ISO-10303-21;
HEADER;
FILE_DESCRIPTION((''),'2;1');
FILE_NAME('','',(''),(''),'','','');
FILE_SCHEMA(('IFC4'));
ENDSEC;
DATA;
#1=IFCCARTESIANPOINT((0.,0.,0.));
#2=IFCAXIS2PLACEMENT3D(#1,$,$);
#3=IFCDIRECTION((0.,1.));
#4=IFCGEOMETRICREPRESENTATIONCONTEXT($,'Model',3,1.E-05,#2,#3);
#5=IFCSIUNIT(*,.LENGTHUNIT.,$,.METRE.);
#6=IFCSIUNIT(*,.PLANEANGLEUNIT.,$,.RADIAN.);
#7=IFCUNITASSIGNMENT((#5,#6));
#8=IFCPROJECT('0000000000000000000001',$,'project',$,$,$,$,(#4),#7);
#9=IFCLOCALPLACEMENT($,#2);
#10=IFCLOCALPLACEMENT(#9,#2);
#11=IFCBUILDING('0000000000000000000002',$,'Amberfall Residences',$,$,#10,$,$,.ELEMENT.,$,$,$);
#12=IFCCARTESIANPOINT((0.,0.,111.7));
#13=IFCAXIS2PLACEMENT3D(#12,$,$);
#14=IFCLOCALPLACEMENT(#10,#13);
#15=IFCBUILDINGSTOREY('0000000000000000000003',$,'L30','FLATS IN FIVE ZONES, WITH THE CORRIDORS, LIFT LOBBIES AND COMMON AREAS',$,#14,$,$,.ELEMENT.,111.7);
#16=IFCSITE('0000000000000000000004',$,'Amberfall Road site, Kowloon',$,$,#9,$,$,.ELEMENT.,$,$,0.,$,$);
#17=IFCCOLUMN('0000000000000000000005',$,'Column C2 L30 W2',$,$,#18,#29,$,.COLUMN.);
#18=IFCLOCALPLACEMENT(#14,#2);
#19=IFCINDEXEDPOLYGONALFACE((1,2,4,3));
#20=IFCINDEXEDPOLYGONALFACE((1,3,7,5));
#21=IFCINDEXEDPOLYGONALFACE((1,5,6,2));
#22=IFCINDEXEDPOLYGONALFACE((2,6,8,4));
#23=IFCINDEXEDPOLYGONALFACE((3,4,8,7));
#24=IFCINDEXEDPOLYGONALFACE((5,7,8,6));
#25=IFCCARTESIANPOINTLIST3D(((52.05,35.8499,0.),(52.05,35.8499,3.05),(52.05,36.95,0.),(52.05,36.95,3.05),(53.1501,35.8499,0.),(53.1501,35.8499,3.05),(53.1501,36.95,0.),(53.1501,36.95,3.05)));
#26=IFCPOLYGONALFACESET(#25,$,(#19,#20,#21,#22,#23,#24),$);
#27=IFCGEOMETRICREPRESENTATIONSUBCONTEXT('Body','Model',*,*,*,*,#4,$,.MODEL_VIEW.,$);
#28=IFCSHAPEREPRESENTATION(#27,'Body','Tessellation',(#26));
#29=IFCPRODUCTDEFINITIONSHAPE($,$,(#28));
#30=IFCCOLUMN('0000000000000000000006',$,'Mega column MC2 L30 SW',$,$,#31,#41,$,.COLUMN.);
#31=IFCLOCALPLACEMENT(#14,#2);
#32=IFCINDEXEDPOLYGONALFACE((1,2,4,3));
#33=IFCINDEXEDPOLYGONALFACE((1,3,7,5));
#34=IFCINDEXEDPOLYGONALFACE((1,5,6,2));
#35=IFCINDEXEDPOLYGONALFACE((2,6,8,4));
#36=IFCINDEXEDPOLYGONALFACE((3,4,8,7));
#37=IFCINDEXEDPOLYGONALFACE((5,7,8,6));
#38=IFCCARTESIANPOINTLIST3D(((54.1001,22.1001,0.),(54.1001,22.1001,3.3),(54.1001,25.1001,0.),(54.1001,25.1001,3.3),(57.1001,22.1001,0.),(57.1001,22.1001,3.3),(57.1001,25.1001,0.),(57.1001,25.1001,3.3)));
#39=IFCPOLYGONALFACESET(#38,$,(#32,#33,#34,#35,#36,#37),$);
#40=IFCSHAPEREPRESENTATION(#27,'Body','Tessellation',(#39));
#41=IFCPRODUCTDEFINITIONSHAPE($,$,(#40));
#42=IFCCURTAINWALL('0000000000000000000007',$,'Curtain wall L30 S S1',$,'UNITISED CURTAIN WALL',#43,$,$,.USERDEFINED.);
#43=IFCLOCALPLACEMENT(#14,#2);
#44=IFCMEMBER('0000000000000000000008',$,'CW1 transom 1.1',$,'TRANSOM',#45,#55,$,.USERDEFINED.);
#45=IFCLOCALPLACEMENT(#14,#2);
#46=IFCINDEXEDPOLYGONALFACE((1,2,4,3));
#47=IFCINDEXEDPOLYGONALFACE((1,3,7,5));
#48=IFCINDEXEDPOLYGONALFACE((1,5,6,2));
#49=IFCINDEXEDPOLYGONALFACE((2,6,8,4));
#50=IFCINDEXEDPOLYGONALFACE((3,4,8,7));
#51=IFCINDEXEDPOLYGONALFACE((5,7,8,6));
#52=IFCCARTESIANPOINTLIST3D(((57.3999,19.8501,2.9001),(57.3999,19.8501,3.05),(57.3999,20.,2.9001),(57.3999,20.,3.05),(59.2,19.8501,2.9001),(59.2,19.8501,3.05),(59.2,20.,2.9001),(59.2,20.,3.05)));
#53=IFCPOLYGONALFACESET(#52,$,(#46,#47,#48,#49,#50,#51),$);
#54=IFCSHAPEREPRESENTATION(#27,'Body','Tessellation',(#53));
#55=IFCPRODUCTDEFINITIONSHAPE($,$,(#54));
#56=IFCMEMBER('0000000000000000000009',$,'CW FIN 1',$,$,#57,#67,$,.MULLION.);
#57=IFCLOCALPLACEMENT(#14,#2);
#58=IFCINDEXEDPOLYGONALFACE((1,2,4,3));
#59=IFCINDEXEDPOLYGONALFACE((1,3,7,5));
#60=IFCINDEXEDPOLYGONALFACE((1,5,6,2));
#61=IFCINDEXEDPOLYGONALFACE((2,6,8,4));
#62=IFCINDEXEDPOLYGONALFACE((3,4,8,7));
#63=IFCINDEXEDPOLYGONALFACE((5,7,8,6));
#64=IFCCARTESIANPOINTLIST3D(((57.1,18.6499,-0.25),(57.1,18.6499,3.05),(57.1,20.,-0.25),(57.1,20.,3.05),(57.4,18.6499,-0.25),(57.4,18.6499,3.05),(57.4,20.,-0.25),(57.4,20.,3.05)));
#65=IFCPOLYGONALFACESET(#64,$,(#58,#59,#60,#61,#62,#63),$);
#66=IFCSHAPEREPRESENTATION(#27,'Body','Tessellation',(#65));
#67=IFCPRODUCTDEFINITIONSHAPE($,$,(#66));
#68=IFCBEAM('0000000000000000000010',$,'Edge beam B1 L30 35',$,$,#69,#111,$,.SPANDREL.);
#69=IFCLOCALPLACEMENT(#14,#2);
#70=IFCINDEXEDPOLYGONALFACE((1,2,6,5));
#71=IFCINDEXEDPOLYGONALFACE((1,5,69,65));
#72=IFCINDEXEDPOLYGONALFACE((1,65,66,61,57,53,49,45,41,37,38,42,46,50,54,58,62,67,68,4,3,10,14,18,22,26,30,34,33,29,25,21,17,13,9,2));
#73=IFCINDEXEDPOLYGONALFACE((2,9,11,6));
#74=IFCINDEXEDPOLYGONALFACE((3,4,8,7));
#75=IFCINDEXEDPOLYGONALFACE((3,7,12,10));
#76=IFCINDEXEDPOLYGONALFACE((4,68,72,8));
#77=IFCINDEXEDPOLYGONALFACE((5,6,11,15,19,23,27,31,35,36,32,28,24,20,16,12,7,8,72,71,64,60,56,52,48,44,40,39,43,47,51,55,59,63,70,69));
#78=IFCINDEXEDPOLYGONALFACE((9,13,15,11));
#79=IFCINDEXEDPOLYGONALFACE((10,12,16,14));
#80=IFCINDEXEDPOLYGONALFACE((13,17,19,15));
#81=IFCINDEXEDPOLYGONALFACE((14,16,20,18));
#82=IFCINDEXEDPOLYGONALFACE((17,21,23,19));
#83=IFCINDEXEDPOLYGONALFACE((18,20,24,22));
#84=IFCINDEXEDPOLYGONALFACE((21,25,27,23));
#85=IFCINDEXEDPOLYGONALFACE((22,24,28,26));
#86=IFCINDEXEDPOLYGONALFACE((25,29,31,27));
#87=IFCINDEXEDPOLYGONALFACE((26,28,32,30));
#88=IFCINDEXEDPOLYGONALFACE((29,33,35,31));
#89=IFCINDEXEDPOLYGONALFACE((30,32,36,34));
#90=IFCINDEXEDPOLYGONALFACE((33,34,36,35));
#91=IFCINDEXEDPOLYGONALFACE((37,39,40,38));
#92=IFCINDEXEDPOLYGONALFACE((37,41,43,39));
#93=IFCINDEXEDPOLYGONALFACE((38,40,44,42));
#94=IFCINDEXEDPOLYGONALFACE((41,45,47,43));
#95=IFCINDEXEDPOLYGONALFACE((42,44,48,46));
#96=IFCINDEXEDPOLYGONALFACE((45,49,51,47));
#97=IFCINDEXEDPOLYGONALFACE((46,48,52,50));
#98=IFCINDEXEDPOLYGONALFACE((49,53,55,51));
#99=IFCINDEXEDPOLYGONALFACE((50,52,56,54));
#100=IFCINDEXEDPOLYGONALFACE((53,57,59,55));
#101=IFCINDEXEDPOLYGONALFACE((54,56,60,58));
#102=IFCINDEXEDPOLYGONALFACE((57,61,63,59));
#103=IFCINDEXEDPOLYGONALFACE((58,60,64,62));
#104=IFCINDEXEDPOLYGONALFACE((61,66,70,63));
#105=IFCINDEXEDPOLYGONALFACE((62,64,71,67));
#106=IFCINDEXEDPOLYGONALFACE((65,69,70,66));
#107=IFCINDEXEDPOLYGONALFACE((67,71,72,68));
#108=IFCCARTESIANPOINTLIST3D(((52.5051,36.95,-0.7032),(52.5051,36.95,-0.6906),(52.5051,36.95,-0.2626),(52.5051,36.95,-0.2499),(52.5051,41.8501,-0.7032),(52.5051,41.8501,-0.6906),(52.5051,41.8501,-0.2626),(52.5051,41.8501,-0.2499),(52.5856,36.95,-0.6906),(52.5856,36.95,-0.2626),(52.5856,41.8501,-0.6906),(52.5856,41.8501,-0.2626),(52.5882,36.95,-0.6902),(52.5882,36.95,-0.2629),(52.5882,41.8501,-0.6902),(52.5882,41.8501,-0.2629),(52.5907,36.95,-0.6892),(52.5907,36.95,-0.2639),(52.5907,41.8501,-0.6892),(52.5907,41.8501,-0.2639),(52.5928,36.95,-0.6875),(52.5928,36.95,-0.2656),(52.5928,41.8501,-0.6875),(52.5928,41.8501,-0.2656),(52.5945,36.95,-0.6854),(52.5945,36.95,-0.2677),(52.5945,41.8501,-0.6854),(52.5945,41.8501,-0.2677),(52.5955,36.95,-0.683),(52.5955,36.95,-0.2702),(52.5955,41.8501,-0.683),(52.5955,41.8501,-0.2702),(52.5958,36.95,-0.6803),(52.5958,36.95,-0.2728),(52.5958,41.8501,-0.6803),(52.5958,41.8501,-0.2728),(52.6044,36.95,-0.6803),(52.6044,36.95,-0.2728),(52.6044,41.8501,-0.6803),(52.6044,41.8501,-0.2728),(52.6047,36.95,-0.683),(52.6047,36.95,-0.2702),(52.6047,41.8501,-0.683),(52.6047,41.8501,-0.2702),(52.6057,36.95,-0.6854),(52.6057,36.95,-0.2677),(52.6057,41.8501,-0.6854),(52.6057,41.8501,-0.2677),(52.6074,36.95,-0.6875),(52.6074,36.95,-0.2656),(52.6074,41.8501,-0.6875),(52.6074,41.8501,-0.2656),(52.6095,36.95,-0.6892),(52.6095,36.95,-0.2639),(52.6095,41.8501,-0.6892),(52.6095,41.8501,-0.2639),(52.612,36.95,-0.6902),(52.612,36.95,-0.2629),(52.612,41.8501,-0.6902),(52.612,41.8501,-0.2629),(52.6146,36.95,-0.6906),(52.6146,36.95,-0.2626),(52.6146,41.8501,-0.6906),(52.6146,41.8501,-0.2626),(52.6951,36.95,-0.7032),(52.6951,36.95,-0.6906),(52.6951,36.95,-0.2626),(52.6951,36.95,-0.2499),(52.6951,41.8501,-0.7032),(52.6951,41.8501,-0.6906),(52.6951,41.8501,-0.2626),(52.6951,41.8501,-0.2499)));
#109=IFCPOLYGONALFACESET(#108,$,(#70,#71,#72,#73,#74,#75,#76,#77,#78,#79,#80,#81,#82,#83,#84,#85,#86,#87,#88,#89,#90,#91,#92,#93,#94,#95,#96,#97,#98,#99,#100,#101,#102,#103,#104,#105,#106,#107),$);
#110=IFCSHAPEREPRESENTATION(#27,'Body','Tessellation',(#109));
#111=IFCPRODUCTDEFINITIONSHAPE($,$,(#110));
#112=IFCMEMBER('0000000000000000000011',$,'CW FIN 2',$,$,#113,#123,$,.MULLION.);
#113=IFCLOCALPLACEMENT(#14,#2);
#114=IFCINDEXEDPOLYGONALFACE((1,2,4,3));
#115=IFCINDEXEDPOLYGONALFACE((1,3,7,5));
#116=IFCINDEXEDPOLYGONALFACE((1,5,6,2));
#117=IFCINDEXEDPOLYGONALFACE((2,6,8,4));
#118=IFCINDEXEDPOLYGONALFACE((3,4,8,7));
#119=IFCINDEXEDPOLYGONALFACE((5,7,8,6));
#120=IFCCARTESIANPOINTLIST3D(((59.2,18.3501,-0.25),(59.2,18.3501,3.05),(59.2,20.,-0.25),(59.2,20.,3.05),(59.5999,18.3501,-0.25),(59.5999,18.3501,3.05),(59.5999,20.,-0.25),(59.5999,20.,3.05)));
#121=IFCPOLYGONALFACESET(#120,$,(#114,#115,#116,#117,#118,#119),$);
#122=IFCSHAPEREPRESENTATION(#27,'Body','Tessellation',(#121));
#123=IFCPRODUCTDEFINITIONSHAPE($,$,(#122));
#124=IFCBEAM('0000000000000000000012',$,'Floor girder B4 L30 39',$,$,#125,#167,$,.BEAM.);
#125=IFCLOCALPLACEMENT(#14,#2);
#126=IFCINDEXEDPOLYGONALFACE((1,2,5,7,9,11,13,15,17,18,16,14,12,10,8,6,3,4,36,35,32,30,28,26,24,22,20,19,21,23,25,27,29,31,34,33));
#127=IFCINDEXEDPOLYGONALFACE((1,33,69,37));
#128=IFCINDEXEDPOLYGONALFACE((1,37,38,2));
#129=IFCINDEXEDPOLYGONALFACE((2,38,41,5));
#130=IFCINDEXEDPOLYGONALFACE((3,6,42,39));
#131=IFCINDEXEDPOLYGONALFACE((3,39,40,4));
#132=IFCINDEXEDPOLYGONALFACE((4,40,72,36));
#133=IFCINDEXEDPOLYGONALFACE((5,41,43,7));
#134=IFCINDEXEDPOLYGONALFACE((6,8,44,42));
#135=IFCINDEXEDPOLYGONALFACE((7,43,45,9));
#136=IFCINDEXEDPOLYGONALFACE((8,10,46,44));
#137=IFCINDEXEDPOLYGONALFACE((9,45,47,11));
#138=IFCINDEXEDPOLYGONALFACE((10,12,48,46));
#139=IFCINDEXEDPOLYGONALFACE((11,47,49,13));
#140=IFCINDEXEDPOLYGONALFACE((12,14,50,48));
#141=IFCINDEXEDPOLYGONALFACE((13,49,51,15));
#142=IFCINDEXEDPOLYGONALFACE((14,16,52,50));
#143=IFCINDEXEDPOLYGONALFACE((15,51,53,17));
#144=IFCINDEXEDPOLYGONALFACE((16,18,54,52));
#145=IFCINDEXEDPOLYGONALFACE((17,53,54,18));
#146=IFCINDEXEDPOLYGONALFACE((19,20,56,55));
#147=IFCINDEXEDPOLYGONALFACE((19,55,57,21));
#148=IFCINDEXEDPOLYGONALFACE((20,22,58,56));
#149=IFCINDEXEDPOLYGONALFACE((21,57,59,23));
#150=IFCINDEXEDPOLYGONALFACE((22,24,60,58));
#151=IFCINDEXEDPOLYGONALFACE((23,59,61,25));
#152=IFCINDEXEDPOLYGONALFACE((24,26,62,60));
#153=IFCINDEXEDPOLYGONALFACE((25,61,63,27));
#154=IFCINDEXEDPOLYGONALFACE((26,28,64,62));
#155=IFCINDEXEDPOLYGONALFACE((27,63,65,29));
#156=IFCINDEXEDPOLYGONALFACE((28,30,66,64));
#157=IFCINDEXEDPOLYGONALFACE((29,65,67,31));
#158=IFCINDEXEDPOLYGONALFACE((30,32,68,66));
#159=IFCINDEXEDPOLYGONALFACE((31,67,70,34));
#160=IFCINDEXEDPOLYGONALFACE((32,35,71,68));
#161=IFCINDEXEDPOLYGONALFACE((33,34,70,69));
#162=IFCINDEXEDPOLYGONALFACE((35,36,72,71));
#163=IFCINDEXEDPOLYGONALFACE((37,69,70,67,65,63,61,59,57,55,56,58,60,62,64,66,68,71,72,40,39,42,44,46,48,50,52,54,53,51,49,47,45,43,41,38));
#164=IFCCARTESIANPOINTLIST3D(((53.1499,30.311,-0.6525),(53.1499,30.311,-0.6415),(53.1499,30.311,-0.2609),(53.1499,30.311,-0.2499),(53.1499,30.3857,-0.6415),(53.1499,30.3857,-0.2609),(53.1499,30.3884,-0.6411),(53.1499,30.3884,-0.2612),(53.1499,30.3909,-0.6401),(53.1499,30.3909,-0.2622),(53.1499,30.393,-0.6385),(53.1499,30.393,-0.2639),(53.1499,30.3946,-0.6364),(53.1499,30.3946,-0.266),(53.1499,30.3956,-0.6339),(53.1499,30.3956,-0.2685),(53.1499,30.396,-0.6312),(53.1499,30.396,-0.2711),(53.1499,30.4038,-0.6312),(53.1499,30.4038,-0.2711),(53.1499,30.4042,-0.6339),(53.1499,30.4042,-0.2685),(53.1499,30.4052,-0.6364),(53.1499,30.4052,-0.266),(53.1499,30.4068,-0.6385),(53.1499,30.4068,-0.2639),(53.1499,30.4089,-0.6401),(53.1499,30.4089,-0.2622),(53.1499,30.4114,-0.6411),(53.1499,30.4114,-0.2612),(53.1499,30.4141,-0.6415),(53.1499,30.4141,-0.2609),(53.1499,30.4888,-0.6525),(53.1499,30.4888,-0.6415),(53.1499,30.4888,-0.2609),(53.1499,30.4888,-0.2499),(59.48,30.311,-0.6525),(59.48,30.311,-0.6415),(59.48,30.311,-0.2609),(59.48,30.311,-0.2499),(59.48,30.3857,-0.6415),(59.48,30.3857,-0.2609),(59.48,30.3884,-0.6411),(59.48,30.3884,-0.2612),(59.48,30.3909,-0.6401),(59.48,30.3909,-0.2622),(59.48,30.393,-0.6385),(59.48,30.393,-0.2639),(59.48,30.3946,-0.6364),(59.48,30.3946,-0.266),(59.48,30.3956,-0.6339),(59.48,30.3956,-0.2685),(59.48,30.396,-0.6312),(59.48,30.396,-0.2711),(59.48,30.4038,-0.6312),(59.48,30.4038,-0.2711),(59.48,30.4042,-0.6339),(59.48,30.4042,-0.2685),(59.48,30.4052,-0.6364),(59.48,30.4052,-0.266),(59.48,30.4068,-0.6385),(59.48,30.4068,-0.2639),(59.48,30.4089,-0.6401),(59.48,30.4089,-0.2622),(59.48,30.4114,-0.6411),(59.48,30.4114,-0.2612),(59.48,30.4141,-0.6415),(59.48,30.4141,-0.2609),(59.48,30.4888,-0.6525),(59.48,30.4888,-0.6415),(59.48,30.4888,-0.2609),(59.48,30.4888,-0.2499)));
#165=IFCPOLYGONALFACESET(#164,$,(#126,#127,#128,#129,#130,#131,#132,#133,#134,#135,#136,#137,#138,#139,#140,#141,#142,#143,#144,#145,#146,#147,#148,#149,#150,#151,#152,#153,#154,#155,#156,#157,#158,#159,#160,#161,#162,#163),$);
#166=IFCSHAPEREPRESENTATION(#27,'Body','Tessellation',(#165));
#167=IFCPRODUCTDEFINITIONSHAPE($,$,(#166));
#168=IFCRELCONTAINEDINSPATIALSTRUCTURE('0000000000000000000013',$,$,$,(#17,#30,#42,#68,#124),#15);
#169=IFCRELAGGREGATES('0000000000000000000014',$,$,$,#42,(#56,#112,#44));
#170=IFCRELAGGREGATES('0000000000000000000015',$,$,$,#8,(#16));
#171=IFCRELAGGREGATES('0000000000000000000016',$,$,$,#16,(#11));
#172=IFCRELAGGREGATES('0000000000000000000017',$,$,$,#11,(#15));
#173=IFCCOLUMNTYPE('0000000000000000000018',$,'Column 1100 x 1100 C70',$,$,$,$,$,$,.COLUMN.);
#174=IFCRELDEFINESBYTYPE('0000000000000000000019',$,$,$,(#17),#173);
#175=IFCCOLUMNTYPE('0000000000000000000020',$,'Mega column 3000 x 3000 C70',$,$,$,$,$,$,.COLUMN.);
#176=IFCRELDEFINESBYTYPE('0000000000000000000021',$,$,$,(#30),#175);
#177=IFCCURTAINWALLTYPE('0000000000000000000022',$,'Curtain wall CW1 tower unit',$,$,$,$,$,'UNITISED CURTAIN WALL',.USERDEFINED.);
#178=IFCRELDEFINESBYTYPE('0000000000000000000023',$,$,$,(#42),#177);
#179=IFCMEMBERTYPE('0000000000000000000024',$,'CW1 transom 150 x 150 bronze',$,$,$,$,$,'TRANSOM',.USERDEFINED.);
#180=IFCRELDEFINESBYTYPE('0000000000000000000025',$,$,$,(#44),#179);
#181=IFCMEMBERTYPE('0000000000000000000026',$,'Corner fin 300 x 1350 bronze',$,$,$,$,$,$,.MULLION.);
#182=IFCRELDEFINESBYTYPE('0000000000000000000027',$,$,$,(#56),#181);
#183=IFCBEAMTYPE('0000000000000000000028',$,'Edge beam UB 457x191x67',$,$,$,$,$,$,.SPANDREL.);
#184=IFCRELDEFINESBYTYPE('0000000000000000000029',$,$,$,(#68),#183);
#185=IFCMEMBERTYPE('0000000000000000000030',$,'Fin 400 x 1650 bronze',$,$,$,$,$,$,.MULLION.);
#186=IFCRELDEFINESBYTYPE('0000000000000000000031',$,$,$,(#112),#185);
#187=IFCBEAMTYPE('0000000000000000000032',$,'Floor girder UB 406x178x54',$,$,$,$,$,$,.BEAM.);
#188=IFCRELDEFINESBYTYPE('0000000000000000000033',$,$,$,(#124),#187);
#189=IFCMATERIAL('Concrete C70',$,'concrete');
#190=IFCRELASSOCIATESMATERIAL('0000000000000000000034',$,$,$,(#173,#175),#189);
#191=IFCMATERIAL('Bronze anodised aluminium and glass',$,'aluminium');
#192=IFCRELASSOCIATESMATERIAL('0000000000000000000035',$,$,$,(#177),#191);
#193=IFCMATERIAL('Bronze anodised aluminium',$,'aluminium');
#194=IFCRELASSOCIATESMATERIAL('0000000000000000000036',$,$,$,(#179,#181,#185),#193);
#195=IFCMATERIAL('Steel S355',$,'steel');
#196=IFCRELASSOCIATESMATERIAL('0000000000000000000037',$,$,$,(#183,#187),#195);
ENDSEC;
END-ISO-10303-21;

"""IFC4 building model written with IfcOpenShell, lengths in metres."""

from ifc_helpers import new_model, si_unit, direction, frame, origin, origin_2d, place, context, subcontext, project, spatial, rectangle, i_section, extrude, material, material_profile, profile_set, type_object, element, aggregate, save


model = new_model("IFC4")

# Units and contexts
model_context = context("Model", 3, precision=1e-05, world=origin(), true_north=direction((0.0, 1.0)))
body_context = subcontext(model_context, "Body", "Model", "MODEL_VIEW")
ifc_project = project(units=[si_unit("LENGTHUNIT", "METRE"), si_unit("PLANEANGLEUNIT", "RADIAN")], contexts=[model_context])

# Site, building, storey
site_placement = place(None, origin())
site = spatial("IfcSite", under=ifc_project, at=site_placement, Name="Amberfall Road site, Kowloon", CompositionType="ELEMENT", RefElevation=0.0)
building_placement = place(site_placement, origin())
building = spatial("IfcBuilding", under=site, at=building_placement, Name="Amberfall Residences", CompositionType="ELEMENT")
storey_placement = place(building_placement, frame((0.0, 0.0, 111.7)))
storey = spatial("IfcBuildingStorey", under=building, at=storey_placement, Name="L30", Description="FLATS IN FIVE ZONES, WITH THE CORRIDORS, LIFT LOBBIES AND COMMON AREAS", CompositionType="ELEMENT", Elevation=111.7)

# Columns
ifc_material_1 = material(Name="Concrete C70", Category="concrete")
ifc_material_profile_1 = material_profile(ifc_material_1, rectangle(XDim=1.1001, YDim=1.1001, at=origin_2d()), Name="Column 1100 x 1100 C70")
ifc_profile_set_1 = profile_set([ifc_material_profile_1], Name="Concrete C70")
column_type_1 = type_object("IfcColumnType", Name="Column 1100 x 1100 C70", PredefinedType="COLUMN", material=ifc_profile_set_1)
column_1_placement = place(storey_placement, frame((52.6001, 36.3999, 0.0), z_axis=(0.0, 0.0, 1.0), x_axis=(1.0, 0.0, 0.0)))
element("IfcColumn", 1, at=column_1_placement, inside=storey, type_object=column_type_1, Name="Column C2 L30 W2", PredefinedType="COLUMN", context=body_context, shape_type="SweptSolid", body=[
    extrude(rectangle(XDim=1.1001, YDim=1.1001, at=origin_2d()), origin(), (0.0, 0.0, 1.0), 3.05),
])
ifc_material_profile_2 = material_profile(ifc_material_1, rectangle(XDim=3.0, YDim=3.0, at=origin_2d()), Name="Mega column 3000 x 3000 C70")
ifc_profile_set_2 = profile_set([ifc_material_profile_2], Name="Concrete C70")
column_type_2 = type_object("IfcColumnType", Name="Mega column 3000 x 3000 C70", PredefinedType="COLUMN", material=ifc_profile_set_2)
column_2_placement = place(storey_placement, frame((55.6001, 23.6001, 0.0), z_axis=(0.0, 0.0, 1.0), x_axis=(1.0, 0.0, 0.0)))
element("IfcColumn", 2, at=column_2_placement, inside=storey, type_object=column_type_2, Name="Mega column MC2 L30 SW", PredefinedType="COLUMN", context=body_context, shape_type="SweptSolid", body=[
    extrude(rectangle(XDim=3.0, YDim=3.0, at=origin_2d()), origin(), (0.0, 0.0, 1.0), 3.3),
])

# Curtain wall, members
ifc_material_2 = material(Name="Bronze anodised aluminium and glass", Category="aluminium")
curtain_wall_type = type_object("IfcCurtainWallType", Name="Curtain wall CW1 tower unit", ElementType="UNITISED CURTAIN WALL", PredefinedType="USERDEFINED", material=ifc_material_2)
curtain_wall_placement = place(storey_placement, origin())
curtain_wall = element("IfcCurtainWall", 3, at=curtain_wall_placement, inside=storey, type_object=curtain_wall_type, Name="Curtain wall L30 S S1", ObjectType="UNITISED CURTAIN WALL", PredefinedType="USERDEFINED")
ifc_material_3 = material(Name="Bronze anodised aluminium", Category="aluminium")
ifc_material_profile_3 = material_profile(ifc_material_3, rectangle(XDim=0.1499, YDim=0.1499, at=origin_2d()), Name="CW1 transom 150 x 150 bronze")
ifc_profile_set_3 = profile_set([ifc_material_profile_3], Name="Bronze anodised aluminium")
member_type_1 = type_object("IfcMemberType", Name="CW1 transom 150 x 150 bronze", ElementType="TRANSOM", PredefinedType="USERDEFINED", material=ifc_profile_set_3)
member_1_placement = place(storey_placement, frame((57.3999, 19.925, 2.9751), z_axis=(1.0, 0.0, 0.0), x_axis=(0.0, 1.0, 0.0)))
member_1 = element("IfcMember", 4, at=member_1_placement, type_object=member_type_1, Name="CW1 transom 1.1", ObjectType="TRANSOM", PredefinedType="USERDEFINED", context=body_context, shape_type="SweptSolid", body=[
    extrude(rectangle(XDim=0.1499, YDim=0.1499, at=origin_2d()), origin(), (0.0, 0.0, 1.0), 1.8),
])
ifc_material_profile_4 = material_profile(ifc_material_3, rectangle(XDim=1.3501, YDim=0.3, at=origin_2d()), Name="Corner fin 300 x 1350 bronze")
ifc_profile_set_4 = profile_set([ifc_material_profile_4], Name="Bronze anodised aluminium")
member_type_2 = type_object("IfcMemberType", Name="Corner fin 300 x 1350 bronze", PredefinedType="MULLION", material=ifc_profile_set_4)
member_2_placement = place(storey_placement, frame((57.25, 19.325, -0.25), z_axis=(0.0, 0.0, 1.0), x_axis=(0.0, 1.0, 0.0)))
member_2 = element("IfcMember", 5, at=member_2_placement, type_object=member_type_2, Name="CW FIN 1", PredefinedType="MULLION", context=body_context, shape_type="SweptSolid", body=[
    extrude(rectangle(XDim=1.3501, YDim=0.3, at=origin_2d()), origin(), (0.0, 0.0, 1.0), 3.3),
])

# Beam
ifc_material_4 = material(Name="Steel S355", Category="steel")
ifc_material_profile_5 = material_profile(ifc_material_4, i_section(OverallWidth=0.1899, OverallDepth=0.4534, WebThickness=0.0085, FlangeThickness=0.0127, FilletRadius=0.0103, at=origin_2d()), Name="UB 457x191x67")
ifc_profile_set_5 = profile_set([ifc_material_profile_5], Name="Steel S355")
beam_type_1 = type_object("IfcBeamType", Name="Edge beam UB 457x191x67", PredefinedType="SPANDREL", material=ifc_profile_set_5)
beam_1_placement = place(storey_placement, frame((52.6001, 36.95, -0.4766), z_axis=(0.0, 1.0, 0.0), x_axis=(-1.0, 0.0, 0.0)))
element("IfcBeam", 6, at=beam_1_placement, inside=storey, type_object=beam_type_1, Name="Edge beam B1 L30 35", PredefinedType="SPANDREL", context=body_context, shape_type="SweptSolid", body=[
    extrude(i_section(OverallWidth=0.1899, OverallDepth=0.4534, WebThickness=0.0085, FlangeThickness=0.0127, FilletRadius=0.0103, at=origin_2d()), origin(), (0.0, 0.0, 1.0), 4.9001),
])

# Member
ifc_material_profile_6 = material_profile(ifc_material_3, rectangle(XDim=1.6499, YDim=0.3999, at=origin_2d()), Name="Fin 400 x 1650 bronze")
ifc_profile_set_6 = profile_set([ifc_material_profile_6], Name="Bronze anodised aluminium")
member_type_3 = type_object("IfcMemberType", Name="Fin 400 x 1650 bronze", PredefinedType="MULLION", material=ifc_profile_set_6)
member_3_placement = place(storey_placement, frame((59.3999, 19.175, -0.25), z_axis=(0.0, 0.0, 1.0), x_axis=(0.0, 1.0, 0.0)))
member_3 = element("IfcMember", 7, at=member_3_placement, type_object=member_type_3, Name="CW FIN 2", PredefinedType="MULLION", context=body_context, shape_type="SweptSolid", body=[
    extrude(rectangle(XDim=1.6499, YDim=0.3999, at=origin_2d()), origin(), (0.0, 0.0, 1.0), 3.3),
])

# Beam
ifc_material_profile_7 = material_profile(ifc_material_4, i_section(OverallWidth=0.1777, OverallDepth=0.4026, WebThickness=0.0078, FlangeThickness=0.011, FilletRadius=0.0103, at=origin_2d()), Name="UB 406x178x54")
ifc_profile_set_7 = profile_set([ifc_material_profile_7], Name="Steel S355")
beam_type_2 = type_object("IfcBeamType", Name="Floor girder UB 406x178x54", PredefinedType="BEAM", material=ifc_profile_set_7)
beam_2_placement = place(storey_placement, frame((53.1499, 30.3999, -0.4512), z_axis=(1.0, 0.0, 0.0), x_axis=(0.0, 1.0, 0.0)))
element("IfcBeam", 8, at=beam_2_placement, inside=storey, type_object=beam_type_2, Name="Floor girder B4 L30 39", PredefinedType="BEAM", context=body_context, shape_type="SweptSolid", body=[
    extrude(i_section(OverallWidth=0.1777, OverallDepth=0.4026, WebThickness=0.0078, FlangeThickness=0.011, FilletRadius=0.0103, at=origin_2d()), origin(), (0.0, 0.0, 1.0), 6.3301),
])

aggregate(curtain_wall, [member_2, member_3, member_1])

save(model, "model.ifc")
